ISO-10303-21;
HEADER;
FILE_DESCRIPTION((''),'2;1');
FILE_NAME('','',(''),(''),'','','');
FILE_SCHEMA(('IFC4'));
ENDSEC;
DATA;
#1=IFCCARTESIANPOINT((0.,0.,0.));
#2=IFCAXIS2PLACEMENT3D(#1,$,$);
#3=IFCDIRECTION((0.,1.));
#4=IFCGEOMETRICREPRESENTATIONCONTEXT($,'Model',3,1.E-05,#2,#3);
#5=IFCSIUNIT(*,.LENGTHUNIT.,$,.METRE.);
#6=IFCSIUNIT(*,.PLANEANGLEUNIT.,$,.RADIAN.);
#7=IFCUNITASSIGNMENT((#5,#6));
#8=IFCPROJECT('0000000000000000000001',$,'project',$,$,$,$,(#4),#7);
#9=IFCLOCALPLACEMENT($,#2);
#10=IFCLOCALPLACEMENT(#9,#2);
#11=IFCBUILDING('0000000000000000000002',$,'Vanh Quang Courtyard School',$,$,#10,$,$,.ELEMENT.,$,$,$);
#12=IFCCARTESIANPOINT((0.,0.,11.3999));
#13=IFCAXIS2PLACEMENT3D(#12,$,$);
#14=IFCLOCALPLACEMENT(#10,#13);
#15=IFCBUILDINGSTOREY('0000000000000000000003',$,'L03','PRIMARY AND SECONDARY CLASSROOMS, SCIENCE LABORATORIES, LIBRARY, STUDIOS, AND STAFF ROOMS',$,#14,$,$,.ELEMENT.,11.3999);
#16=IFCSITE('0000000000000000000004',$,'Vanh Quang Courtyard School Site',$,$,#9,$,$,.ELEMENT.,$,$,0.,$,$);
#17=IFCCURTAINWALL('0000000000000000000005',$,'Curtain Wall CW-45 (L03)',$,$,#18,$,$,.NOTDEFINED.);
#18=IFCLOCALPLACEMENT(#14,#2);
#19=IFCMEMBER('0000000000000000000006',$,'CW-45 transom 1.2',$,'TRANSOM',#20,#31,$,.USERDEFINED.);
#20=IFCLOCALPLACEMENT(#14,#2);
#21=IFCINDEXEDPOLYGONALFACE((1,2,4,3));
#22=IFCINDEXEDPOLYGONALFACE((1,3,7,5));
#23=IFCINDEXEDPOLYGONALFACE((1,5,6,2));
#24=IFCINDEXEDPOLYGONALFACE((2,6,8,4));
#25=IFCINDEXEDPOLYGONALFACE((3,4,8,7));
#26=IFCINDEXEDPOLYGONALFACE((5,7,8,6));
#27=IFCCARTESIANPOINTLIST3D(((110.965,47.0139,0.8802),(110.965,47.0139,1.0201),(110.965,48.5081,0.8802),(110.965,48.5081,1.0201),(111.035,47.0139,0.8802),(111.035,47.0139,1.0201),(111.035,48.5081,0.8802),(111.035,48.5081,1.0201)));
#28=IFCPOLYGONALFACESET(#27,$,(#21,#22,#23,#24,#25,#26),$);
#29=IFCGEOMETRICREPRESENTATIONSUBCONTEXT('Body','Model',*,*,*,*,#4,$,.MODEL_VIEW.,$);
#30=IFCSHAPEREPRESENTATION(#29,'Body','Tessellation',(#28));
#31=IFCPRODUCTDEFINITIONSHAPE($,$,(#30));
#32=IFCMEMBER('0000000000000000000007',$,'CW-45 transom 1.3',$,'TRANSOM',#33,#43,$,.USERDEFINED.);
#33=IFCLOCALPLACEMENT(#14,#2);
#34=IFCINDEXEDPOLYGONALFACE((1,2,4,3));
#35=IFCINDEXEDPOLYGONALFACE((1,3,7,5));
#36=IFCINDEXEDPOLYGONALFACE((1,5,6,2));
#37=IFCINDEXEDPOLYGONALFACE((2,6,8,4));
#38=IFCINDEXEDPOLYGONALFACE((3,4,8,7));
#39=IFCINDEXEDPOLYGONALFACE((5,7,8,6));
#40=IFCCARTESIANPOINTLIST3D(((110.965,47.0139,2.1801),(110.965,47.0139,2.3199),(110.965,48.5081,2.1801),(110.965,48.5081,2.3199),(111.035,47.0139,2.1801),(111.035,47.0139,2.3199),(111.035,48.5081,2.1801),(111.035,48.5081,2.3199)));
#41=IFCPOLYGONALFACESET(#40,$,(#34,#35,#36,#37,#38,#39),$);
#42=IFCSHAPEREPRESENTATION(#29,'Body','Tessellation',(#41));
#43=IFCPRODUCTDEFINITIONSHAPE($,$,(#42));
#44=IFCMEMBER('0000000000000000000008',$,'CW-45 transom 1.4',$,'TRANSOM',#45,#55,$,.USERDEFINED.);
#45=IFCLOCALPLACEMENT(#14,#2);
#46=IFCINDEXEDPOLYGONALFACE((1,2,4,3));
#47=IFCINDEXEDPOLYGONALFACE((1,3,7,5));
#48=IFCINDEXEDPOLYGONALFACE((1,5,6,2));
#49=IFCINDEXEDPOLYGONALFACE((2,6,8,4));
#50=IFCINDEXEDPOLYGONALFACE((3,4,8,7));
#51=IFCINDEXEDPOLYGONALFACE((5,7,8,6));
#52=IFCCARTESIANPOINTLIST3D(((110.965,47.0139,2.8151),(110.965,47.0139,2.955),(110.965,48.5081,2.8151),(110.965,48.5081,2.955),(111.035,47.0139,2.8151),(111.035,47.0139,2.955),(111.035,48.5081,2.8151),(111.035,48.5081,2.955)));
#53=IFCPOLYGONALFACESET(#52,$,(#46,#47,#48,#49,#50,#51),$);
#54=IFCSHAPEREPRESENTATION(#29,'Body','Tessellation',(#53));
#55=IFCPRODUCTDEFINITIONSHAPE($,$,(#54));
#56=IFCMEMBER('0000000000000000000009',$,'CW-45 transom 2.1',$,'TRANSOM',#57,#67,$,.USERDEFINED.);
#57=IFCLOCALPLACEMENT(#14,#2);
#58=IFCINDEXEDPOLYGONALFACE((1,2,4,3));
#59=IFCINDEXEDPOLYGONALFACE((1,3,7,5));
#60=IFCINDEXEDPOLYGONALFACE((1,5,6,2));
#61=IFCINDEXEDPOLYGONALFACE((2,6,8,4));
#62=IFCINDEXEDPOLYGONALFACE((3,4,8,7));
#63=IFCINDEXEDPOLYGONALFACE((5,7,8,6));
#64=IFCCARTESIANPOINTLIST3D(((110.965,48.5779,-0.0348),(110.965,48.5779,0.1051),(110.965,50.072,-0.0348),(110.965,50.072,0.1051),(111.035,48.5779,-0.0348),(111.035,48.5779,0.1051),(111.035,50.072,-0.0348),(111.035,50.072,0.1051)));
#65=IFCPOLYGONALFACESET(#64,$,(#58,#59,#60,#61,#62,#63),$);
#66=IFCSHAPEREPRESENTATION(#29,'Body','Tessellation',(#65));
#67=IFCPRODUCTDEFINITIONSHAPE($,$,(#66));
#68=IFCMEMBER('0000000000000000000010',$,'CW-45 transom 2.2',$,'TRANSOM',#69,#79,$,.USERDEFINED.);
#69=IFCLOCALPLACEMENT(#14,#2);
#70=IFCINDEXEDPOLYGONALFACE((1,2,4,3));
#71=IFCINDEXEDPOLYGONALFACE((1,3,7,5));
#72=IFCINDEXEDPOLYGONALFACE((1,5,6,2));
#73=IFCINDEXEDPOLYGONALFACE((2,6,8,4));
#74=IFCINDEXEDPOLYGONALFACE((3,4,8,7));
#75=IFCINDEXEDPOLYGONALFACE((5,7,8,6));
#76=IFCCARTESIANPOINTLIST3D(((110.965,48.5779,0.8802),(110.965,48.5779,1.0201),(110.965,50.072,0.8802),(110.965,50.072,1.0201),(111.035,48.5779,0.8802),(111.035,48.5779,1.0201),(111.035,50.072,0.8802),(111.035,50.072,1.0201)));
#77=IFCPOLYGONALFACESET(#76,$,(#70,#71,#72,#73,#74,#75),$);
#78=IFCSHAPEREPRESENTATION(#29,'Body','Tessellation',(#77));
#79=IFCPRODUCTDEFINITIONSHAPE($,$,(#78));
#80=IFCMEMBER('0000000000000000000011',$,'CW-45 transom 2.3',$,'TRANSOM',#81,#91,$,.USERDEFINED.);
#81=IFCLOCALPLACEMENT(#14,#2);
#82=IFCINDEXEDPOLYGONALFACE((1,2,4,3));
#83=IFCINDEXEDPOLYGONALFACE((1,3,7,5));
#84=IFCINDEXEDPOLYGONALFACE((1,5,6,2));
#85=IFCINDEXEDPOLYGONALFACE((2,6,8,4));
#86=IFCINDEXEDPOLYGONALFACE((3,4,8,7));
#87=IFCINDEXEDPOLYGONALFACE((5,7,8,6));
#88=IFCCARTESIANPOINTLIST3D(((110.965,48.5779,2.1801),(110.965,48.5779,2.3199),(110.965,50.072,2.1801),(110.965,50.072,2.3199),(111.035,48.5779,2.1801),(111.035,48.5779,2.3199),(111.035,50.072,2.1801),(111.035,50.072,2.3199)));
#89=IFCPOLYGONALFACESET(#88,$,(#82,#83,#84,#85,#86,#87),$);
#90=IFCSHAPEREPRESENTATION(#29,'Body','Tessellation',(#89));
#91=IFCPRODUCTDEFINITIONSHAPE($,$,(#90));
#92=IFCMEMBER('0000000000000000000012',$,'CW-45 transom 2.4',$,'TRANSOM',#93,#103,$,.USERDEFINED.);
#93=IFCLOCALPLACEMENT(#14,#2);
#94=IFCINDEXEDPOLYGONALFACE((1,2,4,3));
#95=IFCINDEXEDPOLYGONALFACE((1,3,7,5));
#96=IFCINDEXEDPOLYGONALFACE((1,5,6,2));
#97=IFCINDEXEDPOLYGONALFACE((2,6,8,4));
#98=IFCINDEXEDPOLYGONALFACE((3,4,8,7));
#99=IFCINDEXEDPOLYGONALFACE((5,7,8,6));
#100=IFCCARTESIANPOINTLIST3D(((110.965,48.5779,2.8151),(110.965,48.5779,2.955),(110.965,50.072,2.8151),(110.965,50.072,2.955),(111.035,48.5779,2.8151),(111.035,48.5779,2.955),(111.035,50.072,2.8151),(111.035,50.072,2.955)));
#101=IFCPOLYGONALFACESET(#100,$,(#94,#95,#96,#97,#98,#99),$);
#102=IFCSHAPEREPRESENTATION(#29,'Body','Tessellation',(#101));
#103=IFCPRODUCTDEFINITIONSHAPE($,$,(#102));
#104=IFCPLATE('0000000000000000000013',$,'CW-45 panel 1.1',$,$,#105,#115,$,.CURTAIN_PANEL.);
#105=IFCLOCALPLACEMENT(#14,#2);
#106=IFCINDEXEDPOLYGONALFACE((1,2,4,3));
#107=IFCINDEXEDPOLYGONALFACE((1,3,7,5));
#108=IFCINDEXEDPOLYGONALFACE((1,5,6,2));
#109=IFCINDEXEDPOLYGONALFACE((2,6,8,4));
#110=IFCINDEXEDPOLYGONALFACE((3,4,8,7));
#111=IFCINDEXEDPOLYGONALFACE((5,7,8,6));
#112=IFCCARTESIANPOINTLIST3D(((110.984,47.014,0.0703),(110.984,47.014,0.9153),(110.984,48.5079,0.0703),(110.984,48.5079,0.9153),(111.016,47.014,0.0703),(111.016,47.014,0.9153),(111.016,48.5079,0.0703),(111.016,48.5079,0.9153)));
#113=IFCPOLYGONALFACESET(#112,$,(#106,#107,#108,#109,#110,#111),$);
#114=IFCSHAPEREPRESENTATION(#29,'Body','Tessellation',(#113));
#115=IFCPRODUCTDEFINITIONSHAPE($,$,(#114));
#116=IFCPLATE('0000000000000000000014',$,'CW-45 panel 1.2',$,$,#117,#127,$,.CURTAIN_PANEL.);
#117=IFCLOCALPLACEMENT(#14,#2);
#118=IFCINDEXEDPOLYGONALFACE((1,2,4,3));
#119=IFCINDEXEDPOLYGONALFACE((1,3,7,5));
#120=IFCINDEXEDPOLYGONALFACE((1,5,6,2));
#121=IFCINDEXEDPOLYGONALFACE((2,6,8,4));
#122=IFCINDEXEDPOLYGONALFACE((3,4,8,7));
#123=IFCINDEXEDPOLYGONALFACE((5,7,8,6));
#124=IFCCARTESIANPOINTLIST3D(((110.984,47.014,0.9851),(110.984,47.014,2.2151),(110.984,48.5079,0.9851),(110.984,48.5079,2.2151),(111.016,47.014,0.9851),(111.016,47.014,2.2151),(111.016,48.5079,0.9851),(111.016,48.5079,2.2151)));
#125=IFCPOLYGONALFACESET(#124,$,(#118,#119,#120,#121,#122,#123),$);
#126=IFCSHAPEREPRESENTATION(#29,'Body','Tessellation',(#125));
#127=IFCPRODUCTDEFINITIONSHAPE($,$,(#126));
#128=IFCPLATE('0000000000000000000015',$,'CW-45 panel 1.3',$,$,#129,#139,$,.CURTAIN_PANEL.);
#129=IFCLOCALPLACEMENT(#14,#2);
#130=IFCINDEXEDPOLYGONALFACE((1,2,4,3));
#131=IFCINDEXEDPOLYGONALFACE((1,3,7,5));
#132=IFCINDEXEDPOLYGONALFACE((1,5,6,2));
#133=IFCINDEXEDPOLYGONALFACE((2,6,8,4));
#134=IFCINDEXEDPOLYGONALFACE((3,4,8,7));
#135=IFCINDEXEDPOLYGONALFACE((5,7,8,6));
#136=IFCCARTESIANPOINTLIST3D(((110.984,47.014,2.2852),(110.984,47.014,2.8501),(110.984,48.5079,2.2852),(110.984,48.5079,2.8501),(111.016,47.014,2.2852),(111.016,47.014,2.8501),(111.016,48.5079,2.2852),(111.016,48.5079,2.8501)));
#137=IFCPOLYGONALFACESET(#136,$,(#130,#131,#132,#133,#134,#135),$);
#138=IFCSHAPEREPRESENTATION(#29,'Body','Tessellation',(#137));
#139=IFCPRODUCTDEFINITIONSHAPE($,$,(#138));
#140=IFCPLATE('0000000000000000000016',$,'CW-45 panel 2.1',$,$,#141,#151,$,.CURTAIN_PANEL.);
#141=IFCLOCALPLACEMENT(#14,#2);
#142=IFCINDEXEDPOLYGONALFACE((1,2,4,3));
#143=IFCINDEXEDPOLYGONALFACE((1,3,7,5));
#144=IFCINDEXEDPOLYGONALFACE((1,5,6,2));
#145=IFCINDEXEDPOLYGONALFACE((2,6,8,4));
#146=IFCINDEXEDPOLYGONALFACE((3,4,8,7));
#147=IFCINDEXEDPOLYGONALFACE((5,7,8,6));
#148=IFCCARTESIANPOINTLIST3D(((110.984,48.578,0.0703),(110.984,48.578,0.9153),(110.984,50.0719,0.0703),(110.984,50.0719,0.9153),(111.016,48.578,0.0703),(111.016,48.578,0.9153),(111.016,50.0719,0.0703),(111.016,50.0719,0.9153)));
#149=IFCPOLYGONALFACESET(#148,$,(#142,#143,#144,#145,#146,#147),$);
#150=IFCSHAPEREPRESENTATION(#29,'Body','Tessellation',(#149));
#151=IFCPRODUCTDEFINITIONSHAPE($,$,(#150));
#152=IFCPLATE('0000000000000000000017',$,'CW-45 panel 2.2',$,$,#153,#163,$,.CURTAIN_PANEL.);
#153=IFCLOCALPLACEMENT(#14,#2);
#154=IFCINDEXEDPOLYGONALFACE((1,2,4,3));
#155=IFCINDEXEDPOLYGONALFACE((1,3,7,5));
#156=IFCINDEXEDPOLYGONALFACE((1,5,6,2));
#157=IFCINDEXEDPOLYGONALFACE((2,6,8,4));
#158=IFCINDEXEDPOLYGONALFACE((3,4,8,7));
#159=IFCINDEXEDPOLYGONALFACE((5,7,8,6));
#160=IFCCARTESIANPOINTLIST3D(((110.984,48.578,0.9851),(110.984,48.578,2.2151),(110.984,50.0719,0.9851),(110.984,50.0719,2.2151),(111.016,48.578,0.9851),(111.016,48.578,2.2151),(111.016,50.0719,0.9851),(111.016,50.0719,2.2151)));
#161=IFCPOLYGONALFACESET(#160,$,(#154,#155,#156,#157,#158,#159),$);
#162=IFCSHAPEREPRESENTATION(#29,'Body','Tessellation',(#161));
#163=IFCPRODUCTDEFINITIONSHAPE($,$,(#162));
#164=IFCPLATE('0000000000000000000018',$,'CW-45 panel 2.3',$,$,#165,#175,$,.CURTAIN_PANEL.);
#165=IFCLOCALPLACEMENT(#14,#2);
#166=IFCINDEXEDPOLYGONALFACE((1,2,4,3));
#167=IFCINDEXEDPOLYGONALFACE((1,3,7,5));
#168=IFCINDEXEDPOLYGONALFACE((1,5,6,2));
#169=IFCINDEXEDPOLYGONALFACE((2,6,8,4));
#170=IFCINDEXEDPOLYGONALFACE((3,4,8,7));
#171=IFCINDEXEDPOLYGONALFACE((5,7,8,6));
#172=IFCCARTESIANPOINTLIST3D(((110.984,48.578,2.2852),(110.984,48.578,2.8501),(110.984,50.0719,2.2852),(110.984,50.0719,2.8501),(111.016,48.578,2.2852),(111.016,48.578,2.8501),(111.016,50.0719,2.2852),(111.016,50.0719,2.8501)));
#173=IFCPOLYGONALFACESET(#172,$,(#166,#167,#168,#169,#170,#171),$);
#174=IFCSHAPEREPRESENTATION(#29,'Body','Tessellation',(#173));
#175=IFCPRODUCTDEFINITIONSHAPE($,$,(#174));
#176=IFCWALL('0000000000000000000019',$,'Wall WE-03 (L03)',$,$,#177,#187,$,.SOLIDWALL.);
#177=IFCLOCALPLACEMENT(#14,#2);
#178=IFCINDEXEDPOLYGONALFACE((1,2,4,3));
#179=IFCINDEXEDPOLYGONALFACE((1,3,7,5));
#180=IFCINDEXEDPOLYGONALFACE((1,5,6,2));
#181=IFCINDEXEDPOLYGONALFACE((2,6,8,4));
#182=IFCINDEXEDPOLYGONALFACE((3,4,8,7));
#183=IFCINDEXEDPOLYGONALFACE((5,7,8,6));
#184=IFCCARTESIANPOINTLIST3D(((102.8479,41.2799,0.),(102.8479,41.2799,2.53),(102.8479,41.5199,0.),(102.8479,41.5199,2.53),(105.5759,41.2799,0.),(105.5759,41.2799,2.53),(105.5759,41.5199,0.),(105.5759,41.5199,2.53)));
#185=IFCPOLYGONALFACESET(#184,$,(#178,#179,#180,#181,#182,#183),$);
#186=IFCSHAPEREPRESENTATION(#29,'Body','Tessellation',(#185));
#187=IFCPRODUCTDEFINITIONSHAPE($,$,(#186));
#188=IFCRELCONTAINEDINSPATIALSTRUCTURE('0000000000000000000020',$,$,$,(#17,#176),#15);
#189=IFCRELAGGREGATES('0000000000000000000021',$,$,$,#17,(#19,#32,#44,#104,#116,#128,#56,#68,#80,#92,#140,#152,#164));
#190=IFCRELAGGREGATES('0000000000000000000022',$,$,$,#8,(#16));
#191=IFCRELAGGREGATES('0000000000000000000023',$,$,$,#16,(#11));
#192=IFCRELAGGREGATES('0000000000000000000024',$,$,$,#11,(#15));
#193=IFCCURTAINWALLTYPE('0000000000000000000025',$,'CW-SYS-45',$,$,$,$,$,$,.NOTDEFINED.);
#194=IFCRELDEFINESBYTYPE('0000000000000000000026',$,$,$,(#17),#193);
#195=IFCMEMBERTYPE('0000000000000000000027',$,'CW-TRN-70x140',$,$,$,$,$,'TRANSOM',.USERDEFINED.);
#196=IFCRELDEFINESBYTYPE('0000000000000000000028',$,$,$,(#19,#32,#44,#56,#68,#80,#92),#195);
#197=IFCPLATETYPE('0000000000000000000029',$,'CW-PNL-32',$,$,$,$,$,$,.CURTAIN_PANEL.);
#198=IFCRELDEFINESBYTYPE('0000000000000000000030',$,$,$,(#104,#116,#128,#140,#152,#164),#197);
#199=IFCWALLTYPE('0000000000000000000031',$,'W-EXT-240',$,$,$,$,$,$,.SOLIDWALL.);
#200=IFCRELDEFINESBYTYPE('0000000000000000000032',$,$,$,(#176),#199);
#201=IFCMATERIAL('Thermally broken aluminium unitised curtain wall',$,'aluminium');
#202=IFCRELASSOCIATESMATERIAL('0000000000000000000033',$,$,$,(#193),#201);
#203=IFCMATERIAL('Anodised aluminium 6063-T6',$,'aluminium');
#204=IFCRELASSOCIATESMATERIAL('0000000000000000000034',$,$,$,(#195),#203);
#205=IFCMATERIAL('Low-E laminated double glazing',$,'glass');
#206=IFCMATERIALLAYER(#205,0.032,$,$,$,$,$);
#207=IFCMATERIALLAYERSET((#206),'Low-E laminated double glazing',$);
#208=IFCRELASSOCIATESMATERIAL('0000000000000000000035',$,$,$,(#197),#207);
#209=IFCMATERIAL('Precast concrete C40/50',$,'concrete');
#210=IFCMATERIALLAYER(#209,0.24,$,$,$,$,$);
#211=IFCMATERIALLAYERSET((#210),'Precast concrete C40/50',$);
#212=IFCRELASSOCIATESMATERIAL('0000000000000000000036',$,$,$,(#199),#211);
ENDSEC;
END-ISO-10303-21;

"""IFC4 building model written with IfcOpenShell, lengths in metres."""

from ifc_helpers import new_model, si_unit, direction, frame, frame_2d, origin, origin_2d, place, context, subcontext, project, spatial, rectangle, extrude, material, layer, layer_set, material_profile, profile_set, type_object, element, aggregate, save


model = new_model("IFC4")

# Units and contexts
model_context = context("Model", 3, precision=1e-05, world=origin(), true_north=direction((0.0, 1.0)))
body_context = subcontext(model_context, "Body", "Model", "MODEL_VIEW")
ifc_project = project(units=[si_unit("LENGTHUNIT", "METRE"), si_unit("PLANEANGLEUNIT", "RADIAN")], contexts=[model_context])

# Site, building, storey
site_placement = place(None, origin())
site = spatial("IfcSite", under=ifc_project, at=site_placement, Name="Vanh Quang Courtyard School Site", CompositionType="ELEMENT", RefElevation=0.0)
building_placement = place(site_placement, origin())
building = spatial("IfcBuilding", under=site, at=building_placement, Name="Vanh Quang Courtyard School", CompositionType="ELEMENT")
storey_placement = place(building_placement, frame((0.0, 0.0, 11.3999)))
storey = spatial("IfcBuildingStorey", under=building, at=storey_placement, Name="L03", Description="PRIMARY AND SECONDARY CLASSROOMS, SCIENCE LABORATORIES, LIBRARY, STUDIOS, AND STAFF ROOMS", CompositionType="ELEMENT", Elevation=11.3999)

# Curtain wall, members, plates
ifc_material_1 = material(Name="Thermally broken aluminium unitised curtain wall", Category="aluminium")
curtain_wall_type = type_object("IfcCurtainWallType", Name="CW-SYS-45", PredefinedType="NOTDEFINED", material=ifc_material_1)
curtain_wall_placement = place(storey_placement, origin())
curtain_wall = element("IfcCurtainWall", 1, at=curtain_wall_placement, inside=storey, type_object=curtain_wall_type, Name="Curtain Wall CW-45 (L03)", PredefinedType="NOTDEFINED")
ifc_material_2 = material(Name="Anodised aluminium 6063-T6", Category="aluminium")
ifc_material_profile_1 = material_profile(ifc_material_2, rectangle(XDim=0.0701, YDim=0.1399, at=origin_2d()), Name="ALU-TRN 70x140")
ifc_profile_set_1 = profile_set([ifc_material_profile_1], Name="Anodised aluminium 6063-T6")
member_type_1 = type_object("IfcMemberType", Name="CW-TRN-70x140", ElementType="TRANSOM", PredefinedType="USERDEFINED", material=ifc_profile_set_1)
member_1_placement = place(storey_placement, frame((111.0, 47.0139, 0.9502), z_axis=(0.0, 1.0, 0.0), x_axis=(-1.0, 0.0, 0.0)))
member_1 = element("IfcMember", 2, at=member_1_placement, type_object=member_type_1, Name="CW-45 transom 1.2", ObjectType="TRANSOM", PredefinedType="USERDEFINED", context=body_context, shape_type="SweptSolid", body=[
    extrude(rectangle(XDim=0.0701, YDim=0.1399, at=origin_2d()), origin(), (0.0, 0.0, 1.0), 1.4941),
])
member_2_placement = place(storey_placement, frame((111.0, 47.0139, 2.25), z_axis=(0.0, 1.0, 0.0), x_axis=(-1.0, 0.0, 0.0)))
member_2 = element("IfcMember", 3, at=member_2_placement, type_object=member_type_1, Name="CW-45 transom 1.3", ObjectType="TRANSOM", PredefinedType="USERDEFINED", context=body_context, shape_type="SweptSolid", body=[
    extrude(rectangle(XDim=0.0701, YDim=0.1399, at=origin_2d()), origin(), (0.0, 0.0, 1.0), 1.4941),
])
member_3_placement = place(storey_placement, frame((111.0, 47.0139, 2.885), z_axis=(0.0, 1.0, 0.0), x_axis=(-1.0, 0.0, 0.0)))
member_3 = element("IfcMember", 4, at=member_3_placement, type_object=member_type_1, Name="CW-45 transom 1.4", ObjectType="TRANSOM", PredefinedType="USERDEFINED", context=body_context, shape_type="SweptSolid", body=[
    extrude(rectangle(XDim=0.0701, YDim=0.1399, at=origin_2d()), origin(), (0.0, 0.0, 1.0), 1.4941),
])
member_4_placement = place(storey_placement, frame((111.0, 48.5779, 0.0352), z_axis=(0.0, 1.0, 0.0), x_axis=(-1.0, 0.0, 0.0)))
member_4 = element("IfcMember", 5, at=member_4_placement, type_object=member_type_1, Name="CW-45 transom 2.1", ObjectType="TRANSOM", PredefinedType="USERDEFINED", context=body_context, shape_type="SweptSolid", body=[
    extrude(rectangle(XDim=0.0701, YDim=0.1399, at=origin_2d()), origin(), (0.0, 0.0, 1.0), 1.4941),
])
member_5_placement = place(storey_placement, frame((111.0, 48.5779, 0.9502), z_axis=(0.0, 1.0, 0.0), x_axis=(-1.0, 0.0, 0.0)))
member_5 = element("IfcMember", 6, at=member_5_placement, type_object=member_type_1, Name="CW-45 transom 2.2", ObjectType="TRANSOM", PredefinedType="USERDEFINED", context=body_context, shape_type="SweptSolid", body=[
    extrude(rectangle(XDim=0.0701, YDim=0.1399, at=origin_2d()), origin(), (0.0, 0.0, 1.0), 1.4941),
])
member_6_placement = place(storey_placement, frame((111.0, 48.5779, 2.25), z_axis=(0.0, 1.0, 0.0), x_axis=(-1.0, 0.0, 0.0)))
member_6 = element("IfcMember", 7, at=member_6_placement, type_object=member_type_1, Name="CW-45 transom 2.3", ObjectType="TRANSOM", PredefinedType="USERDEFINED", context=body_context, shape_type="SweptSolid", body=[
    extrude(rectangle(XDim=0.0701, YDim=0.1399, at=origin_2d()), origin(), (0.0, 0.0, 1.0), 1.4941),
])
member_7_placement = place(storey_placement, frame((111.0, 48.5779, 2.885), z_axis=(0.0, 1.0, 0.0), x_axis=(-1.0, 0.0, 0.0)))
member_7 = element("IfcMember", 8, at=member_7_placement, type_object=member_type_1, Name="CW-45 transom 2.4", ObjectType="TRANSOM", PredefinedType="USERDEFINED", context=body_context, shape_type="SweptSolid", body=[
    extrude(rectangle(XDim=0.0701, YDim=0.1399, at=origin_2d()), origin(), (0.0, 0.0, 1.0), 1.4941),
])
ifc_material_3 = material(Name="Low-E laminated double glazing", Category="glass")
ifc_layer_1 = layer(ifc_material_3, 0.032)
ifc_layer_set_1 = layer_set([ifc_layer_1], Name="Low-E laminated double glazing")
plate_type = type_object("IfcPlateType", Name="CW-PNL-32", PredefinedType="CURTAIN_PANEL", material=ifc_layer_set_1)
plate_1_placement = place(storey_placement, frame((111.0, 47.761, 0.0703), z_axis=(0.0, 0.0, 1.0), x_axis=(0.0, 1.0, 0.0)))
plate_1 = element("IfcPlate", 9, at=plate_1_placement, type_object=plate_type, Name="CW-45 panel 1.1", PredefinedType="CURTAIN_PANEL", context=body_context, shape_type="SweptSolid", body=[
    extrude(rectangle(XDim=1.4939, YDim=0.032, at=origin_2d()), origin(), (0.0, 0.0, 1.0), 0.845),
])
plate_2_placement = place(storey_placement, frame((111.0, 47.761, 0.9851), z_axis=(0.0, 0.0, 1.0), x_axis=(0.0, 1.0, 0.0)))
plate_2 = element("IfcPlate", 10, at=plate_2_placement, type_object=plate_type, Name="CW-45 panel 1.2", PredefinedType="CURTAIN_PANEL", context=body_context, shape_type="SweptSolid", body=[
    extrude(rectangle(XDim=1.4939, YDim=0.032, at=origin_2d()), origin(), (0.0, 0.0, 1.0), 1.23),
])
plate_3_placement = place(storey_placement, frame((111.0, 47.761, 2.2852), z_axis=(0.0, 0.0, 1.0), x_axis=(0.0, 1.0, 0.0)))
plate_3 = element("IfcPlate", 11, at=plate_3_placement, type_object=plate_type, Name="CW-45 panel 1.3", PredefinedType="CURTAIN_PANEL", context=body_context, shape_type="SweptSolid", body=[
    extrude(rectangle(XDim=1.4939, YDim=0.032, at=origin_2d()), origin(), (0.0, 0.0, 1.0), 0.5649),
])
plate_4_placement = place(storey_placement, frame((111.0, 49.325, 0.0703), z_axis=(0.0, 0.0, 1.0), x_axis=(0.0, 1.0, 0.0)))
plate_4 = element("IfcPlate", 12, at=plate_4_placement, type_object=plate_type, Name="CW-45 panel 2.1", PredefinedType="CURTAIN_PANEL", context=body_context, shape_type="SweptSolid", body=[
    extrude(rectangle(XDim=1.4939, YDim=0.032, at=origin_2d()), origin(), (0.0, 0.0, 1.0), 0.845),
])
plate_5_placement = place(storey_placement, frame((111.0, 49.325, 0.9851), z_axis=(0.0, 0.0, 1.0), x_axis=(0.0, 1.0, 0.0)))
plate_5 = element("IfcPlate", 13, at=plate_5_placement, type_object=plate_type, Name="CW-45 panel 2.2", PredefinedType="CURTAIN_PANEL", context=body_context, shape_type="SweptSolid", body=[
    extrude(rectangle(XDim=1.4939, YDim=0.032, at=origin_2d()), origin(), (0.0, 0.0, 1.0), 1.23),
])
plate_6_placement = place(storey_placement, frame((111.0, 49.325, 2.2852), z_axis=(0.0, 0.0, 1.0), x_axis=(0.0, 1.0, 0.0)))
plate_6 = element("IfcPlate", 14, at=plate_6_placement, type_object=plate_type, Name="CW-45 panel 2.3", PredefinedType="CURTAIN_PANEL", context=body_context, shape_type="SweptSolid", body=[
    extrude(rectangle(XDim=1.4939, YDim=0.032, at=origin_2d()), origin(), (0.0, 0.0, 1.0), 0.5649),
])
aggregate(curtain_wall, [member_1, member_2, member_3, plate_1, plate_2, plate_3, member_4, member_5, member_6, member_7, plate_4, plate_5, plate_6])

# Wall
ifc_material_4 = material(Name="Precast concrete C40/50", Category="concrete")
ifc_layer_2 = layer(ifc_material_4, 0.24)
ifc_layer_set_2 = layer_set([ifc_layer_2], Name="Precast concrete C40/50")
wall_type_1 = type_object("IfcWallType", Name="W-EXT-240", PredefinedType="SOLIDWALL", material=ifc_layer_set_2)
wall_1_placement = place(storey_placement, frame((102.8479, 41.3999, 0.0), z_axis=(0.0, 0.0, 1.0), x_axis=(1.0, 0.0, 0.0)))
element("IfcWall", 15, at=wall_1_placement, inside=storey, type_object=wall_type_1, Name="Wall WE-03 (L03)", PredefinedType="SOLIDWALL", context=body_context, shape_type="SweptSolid", body=[
    extrude(rectangle(XDim=2.728, YDim=0.24, at=frame_2d((1.364, 0.0))), origin(), (0.0, 0.0, 1.0), 2.53),
])

save(model, "model.ifc")
